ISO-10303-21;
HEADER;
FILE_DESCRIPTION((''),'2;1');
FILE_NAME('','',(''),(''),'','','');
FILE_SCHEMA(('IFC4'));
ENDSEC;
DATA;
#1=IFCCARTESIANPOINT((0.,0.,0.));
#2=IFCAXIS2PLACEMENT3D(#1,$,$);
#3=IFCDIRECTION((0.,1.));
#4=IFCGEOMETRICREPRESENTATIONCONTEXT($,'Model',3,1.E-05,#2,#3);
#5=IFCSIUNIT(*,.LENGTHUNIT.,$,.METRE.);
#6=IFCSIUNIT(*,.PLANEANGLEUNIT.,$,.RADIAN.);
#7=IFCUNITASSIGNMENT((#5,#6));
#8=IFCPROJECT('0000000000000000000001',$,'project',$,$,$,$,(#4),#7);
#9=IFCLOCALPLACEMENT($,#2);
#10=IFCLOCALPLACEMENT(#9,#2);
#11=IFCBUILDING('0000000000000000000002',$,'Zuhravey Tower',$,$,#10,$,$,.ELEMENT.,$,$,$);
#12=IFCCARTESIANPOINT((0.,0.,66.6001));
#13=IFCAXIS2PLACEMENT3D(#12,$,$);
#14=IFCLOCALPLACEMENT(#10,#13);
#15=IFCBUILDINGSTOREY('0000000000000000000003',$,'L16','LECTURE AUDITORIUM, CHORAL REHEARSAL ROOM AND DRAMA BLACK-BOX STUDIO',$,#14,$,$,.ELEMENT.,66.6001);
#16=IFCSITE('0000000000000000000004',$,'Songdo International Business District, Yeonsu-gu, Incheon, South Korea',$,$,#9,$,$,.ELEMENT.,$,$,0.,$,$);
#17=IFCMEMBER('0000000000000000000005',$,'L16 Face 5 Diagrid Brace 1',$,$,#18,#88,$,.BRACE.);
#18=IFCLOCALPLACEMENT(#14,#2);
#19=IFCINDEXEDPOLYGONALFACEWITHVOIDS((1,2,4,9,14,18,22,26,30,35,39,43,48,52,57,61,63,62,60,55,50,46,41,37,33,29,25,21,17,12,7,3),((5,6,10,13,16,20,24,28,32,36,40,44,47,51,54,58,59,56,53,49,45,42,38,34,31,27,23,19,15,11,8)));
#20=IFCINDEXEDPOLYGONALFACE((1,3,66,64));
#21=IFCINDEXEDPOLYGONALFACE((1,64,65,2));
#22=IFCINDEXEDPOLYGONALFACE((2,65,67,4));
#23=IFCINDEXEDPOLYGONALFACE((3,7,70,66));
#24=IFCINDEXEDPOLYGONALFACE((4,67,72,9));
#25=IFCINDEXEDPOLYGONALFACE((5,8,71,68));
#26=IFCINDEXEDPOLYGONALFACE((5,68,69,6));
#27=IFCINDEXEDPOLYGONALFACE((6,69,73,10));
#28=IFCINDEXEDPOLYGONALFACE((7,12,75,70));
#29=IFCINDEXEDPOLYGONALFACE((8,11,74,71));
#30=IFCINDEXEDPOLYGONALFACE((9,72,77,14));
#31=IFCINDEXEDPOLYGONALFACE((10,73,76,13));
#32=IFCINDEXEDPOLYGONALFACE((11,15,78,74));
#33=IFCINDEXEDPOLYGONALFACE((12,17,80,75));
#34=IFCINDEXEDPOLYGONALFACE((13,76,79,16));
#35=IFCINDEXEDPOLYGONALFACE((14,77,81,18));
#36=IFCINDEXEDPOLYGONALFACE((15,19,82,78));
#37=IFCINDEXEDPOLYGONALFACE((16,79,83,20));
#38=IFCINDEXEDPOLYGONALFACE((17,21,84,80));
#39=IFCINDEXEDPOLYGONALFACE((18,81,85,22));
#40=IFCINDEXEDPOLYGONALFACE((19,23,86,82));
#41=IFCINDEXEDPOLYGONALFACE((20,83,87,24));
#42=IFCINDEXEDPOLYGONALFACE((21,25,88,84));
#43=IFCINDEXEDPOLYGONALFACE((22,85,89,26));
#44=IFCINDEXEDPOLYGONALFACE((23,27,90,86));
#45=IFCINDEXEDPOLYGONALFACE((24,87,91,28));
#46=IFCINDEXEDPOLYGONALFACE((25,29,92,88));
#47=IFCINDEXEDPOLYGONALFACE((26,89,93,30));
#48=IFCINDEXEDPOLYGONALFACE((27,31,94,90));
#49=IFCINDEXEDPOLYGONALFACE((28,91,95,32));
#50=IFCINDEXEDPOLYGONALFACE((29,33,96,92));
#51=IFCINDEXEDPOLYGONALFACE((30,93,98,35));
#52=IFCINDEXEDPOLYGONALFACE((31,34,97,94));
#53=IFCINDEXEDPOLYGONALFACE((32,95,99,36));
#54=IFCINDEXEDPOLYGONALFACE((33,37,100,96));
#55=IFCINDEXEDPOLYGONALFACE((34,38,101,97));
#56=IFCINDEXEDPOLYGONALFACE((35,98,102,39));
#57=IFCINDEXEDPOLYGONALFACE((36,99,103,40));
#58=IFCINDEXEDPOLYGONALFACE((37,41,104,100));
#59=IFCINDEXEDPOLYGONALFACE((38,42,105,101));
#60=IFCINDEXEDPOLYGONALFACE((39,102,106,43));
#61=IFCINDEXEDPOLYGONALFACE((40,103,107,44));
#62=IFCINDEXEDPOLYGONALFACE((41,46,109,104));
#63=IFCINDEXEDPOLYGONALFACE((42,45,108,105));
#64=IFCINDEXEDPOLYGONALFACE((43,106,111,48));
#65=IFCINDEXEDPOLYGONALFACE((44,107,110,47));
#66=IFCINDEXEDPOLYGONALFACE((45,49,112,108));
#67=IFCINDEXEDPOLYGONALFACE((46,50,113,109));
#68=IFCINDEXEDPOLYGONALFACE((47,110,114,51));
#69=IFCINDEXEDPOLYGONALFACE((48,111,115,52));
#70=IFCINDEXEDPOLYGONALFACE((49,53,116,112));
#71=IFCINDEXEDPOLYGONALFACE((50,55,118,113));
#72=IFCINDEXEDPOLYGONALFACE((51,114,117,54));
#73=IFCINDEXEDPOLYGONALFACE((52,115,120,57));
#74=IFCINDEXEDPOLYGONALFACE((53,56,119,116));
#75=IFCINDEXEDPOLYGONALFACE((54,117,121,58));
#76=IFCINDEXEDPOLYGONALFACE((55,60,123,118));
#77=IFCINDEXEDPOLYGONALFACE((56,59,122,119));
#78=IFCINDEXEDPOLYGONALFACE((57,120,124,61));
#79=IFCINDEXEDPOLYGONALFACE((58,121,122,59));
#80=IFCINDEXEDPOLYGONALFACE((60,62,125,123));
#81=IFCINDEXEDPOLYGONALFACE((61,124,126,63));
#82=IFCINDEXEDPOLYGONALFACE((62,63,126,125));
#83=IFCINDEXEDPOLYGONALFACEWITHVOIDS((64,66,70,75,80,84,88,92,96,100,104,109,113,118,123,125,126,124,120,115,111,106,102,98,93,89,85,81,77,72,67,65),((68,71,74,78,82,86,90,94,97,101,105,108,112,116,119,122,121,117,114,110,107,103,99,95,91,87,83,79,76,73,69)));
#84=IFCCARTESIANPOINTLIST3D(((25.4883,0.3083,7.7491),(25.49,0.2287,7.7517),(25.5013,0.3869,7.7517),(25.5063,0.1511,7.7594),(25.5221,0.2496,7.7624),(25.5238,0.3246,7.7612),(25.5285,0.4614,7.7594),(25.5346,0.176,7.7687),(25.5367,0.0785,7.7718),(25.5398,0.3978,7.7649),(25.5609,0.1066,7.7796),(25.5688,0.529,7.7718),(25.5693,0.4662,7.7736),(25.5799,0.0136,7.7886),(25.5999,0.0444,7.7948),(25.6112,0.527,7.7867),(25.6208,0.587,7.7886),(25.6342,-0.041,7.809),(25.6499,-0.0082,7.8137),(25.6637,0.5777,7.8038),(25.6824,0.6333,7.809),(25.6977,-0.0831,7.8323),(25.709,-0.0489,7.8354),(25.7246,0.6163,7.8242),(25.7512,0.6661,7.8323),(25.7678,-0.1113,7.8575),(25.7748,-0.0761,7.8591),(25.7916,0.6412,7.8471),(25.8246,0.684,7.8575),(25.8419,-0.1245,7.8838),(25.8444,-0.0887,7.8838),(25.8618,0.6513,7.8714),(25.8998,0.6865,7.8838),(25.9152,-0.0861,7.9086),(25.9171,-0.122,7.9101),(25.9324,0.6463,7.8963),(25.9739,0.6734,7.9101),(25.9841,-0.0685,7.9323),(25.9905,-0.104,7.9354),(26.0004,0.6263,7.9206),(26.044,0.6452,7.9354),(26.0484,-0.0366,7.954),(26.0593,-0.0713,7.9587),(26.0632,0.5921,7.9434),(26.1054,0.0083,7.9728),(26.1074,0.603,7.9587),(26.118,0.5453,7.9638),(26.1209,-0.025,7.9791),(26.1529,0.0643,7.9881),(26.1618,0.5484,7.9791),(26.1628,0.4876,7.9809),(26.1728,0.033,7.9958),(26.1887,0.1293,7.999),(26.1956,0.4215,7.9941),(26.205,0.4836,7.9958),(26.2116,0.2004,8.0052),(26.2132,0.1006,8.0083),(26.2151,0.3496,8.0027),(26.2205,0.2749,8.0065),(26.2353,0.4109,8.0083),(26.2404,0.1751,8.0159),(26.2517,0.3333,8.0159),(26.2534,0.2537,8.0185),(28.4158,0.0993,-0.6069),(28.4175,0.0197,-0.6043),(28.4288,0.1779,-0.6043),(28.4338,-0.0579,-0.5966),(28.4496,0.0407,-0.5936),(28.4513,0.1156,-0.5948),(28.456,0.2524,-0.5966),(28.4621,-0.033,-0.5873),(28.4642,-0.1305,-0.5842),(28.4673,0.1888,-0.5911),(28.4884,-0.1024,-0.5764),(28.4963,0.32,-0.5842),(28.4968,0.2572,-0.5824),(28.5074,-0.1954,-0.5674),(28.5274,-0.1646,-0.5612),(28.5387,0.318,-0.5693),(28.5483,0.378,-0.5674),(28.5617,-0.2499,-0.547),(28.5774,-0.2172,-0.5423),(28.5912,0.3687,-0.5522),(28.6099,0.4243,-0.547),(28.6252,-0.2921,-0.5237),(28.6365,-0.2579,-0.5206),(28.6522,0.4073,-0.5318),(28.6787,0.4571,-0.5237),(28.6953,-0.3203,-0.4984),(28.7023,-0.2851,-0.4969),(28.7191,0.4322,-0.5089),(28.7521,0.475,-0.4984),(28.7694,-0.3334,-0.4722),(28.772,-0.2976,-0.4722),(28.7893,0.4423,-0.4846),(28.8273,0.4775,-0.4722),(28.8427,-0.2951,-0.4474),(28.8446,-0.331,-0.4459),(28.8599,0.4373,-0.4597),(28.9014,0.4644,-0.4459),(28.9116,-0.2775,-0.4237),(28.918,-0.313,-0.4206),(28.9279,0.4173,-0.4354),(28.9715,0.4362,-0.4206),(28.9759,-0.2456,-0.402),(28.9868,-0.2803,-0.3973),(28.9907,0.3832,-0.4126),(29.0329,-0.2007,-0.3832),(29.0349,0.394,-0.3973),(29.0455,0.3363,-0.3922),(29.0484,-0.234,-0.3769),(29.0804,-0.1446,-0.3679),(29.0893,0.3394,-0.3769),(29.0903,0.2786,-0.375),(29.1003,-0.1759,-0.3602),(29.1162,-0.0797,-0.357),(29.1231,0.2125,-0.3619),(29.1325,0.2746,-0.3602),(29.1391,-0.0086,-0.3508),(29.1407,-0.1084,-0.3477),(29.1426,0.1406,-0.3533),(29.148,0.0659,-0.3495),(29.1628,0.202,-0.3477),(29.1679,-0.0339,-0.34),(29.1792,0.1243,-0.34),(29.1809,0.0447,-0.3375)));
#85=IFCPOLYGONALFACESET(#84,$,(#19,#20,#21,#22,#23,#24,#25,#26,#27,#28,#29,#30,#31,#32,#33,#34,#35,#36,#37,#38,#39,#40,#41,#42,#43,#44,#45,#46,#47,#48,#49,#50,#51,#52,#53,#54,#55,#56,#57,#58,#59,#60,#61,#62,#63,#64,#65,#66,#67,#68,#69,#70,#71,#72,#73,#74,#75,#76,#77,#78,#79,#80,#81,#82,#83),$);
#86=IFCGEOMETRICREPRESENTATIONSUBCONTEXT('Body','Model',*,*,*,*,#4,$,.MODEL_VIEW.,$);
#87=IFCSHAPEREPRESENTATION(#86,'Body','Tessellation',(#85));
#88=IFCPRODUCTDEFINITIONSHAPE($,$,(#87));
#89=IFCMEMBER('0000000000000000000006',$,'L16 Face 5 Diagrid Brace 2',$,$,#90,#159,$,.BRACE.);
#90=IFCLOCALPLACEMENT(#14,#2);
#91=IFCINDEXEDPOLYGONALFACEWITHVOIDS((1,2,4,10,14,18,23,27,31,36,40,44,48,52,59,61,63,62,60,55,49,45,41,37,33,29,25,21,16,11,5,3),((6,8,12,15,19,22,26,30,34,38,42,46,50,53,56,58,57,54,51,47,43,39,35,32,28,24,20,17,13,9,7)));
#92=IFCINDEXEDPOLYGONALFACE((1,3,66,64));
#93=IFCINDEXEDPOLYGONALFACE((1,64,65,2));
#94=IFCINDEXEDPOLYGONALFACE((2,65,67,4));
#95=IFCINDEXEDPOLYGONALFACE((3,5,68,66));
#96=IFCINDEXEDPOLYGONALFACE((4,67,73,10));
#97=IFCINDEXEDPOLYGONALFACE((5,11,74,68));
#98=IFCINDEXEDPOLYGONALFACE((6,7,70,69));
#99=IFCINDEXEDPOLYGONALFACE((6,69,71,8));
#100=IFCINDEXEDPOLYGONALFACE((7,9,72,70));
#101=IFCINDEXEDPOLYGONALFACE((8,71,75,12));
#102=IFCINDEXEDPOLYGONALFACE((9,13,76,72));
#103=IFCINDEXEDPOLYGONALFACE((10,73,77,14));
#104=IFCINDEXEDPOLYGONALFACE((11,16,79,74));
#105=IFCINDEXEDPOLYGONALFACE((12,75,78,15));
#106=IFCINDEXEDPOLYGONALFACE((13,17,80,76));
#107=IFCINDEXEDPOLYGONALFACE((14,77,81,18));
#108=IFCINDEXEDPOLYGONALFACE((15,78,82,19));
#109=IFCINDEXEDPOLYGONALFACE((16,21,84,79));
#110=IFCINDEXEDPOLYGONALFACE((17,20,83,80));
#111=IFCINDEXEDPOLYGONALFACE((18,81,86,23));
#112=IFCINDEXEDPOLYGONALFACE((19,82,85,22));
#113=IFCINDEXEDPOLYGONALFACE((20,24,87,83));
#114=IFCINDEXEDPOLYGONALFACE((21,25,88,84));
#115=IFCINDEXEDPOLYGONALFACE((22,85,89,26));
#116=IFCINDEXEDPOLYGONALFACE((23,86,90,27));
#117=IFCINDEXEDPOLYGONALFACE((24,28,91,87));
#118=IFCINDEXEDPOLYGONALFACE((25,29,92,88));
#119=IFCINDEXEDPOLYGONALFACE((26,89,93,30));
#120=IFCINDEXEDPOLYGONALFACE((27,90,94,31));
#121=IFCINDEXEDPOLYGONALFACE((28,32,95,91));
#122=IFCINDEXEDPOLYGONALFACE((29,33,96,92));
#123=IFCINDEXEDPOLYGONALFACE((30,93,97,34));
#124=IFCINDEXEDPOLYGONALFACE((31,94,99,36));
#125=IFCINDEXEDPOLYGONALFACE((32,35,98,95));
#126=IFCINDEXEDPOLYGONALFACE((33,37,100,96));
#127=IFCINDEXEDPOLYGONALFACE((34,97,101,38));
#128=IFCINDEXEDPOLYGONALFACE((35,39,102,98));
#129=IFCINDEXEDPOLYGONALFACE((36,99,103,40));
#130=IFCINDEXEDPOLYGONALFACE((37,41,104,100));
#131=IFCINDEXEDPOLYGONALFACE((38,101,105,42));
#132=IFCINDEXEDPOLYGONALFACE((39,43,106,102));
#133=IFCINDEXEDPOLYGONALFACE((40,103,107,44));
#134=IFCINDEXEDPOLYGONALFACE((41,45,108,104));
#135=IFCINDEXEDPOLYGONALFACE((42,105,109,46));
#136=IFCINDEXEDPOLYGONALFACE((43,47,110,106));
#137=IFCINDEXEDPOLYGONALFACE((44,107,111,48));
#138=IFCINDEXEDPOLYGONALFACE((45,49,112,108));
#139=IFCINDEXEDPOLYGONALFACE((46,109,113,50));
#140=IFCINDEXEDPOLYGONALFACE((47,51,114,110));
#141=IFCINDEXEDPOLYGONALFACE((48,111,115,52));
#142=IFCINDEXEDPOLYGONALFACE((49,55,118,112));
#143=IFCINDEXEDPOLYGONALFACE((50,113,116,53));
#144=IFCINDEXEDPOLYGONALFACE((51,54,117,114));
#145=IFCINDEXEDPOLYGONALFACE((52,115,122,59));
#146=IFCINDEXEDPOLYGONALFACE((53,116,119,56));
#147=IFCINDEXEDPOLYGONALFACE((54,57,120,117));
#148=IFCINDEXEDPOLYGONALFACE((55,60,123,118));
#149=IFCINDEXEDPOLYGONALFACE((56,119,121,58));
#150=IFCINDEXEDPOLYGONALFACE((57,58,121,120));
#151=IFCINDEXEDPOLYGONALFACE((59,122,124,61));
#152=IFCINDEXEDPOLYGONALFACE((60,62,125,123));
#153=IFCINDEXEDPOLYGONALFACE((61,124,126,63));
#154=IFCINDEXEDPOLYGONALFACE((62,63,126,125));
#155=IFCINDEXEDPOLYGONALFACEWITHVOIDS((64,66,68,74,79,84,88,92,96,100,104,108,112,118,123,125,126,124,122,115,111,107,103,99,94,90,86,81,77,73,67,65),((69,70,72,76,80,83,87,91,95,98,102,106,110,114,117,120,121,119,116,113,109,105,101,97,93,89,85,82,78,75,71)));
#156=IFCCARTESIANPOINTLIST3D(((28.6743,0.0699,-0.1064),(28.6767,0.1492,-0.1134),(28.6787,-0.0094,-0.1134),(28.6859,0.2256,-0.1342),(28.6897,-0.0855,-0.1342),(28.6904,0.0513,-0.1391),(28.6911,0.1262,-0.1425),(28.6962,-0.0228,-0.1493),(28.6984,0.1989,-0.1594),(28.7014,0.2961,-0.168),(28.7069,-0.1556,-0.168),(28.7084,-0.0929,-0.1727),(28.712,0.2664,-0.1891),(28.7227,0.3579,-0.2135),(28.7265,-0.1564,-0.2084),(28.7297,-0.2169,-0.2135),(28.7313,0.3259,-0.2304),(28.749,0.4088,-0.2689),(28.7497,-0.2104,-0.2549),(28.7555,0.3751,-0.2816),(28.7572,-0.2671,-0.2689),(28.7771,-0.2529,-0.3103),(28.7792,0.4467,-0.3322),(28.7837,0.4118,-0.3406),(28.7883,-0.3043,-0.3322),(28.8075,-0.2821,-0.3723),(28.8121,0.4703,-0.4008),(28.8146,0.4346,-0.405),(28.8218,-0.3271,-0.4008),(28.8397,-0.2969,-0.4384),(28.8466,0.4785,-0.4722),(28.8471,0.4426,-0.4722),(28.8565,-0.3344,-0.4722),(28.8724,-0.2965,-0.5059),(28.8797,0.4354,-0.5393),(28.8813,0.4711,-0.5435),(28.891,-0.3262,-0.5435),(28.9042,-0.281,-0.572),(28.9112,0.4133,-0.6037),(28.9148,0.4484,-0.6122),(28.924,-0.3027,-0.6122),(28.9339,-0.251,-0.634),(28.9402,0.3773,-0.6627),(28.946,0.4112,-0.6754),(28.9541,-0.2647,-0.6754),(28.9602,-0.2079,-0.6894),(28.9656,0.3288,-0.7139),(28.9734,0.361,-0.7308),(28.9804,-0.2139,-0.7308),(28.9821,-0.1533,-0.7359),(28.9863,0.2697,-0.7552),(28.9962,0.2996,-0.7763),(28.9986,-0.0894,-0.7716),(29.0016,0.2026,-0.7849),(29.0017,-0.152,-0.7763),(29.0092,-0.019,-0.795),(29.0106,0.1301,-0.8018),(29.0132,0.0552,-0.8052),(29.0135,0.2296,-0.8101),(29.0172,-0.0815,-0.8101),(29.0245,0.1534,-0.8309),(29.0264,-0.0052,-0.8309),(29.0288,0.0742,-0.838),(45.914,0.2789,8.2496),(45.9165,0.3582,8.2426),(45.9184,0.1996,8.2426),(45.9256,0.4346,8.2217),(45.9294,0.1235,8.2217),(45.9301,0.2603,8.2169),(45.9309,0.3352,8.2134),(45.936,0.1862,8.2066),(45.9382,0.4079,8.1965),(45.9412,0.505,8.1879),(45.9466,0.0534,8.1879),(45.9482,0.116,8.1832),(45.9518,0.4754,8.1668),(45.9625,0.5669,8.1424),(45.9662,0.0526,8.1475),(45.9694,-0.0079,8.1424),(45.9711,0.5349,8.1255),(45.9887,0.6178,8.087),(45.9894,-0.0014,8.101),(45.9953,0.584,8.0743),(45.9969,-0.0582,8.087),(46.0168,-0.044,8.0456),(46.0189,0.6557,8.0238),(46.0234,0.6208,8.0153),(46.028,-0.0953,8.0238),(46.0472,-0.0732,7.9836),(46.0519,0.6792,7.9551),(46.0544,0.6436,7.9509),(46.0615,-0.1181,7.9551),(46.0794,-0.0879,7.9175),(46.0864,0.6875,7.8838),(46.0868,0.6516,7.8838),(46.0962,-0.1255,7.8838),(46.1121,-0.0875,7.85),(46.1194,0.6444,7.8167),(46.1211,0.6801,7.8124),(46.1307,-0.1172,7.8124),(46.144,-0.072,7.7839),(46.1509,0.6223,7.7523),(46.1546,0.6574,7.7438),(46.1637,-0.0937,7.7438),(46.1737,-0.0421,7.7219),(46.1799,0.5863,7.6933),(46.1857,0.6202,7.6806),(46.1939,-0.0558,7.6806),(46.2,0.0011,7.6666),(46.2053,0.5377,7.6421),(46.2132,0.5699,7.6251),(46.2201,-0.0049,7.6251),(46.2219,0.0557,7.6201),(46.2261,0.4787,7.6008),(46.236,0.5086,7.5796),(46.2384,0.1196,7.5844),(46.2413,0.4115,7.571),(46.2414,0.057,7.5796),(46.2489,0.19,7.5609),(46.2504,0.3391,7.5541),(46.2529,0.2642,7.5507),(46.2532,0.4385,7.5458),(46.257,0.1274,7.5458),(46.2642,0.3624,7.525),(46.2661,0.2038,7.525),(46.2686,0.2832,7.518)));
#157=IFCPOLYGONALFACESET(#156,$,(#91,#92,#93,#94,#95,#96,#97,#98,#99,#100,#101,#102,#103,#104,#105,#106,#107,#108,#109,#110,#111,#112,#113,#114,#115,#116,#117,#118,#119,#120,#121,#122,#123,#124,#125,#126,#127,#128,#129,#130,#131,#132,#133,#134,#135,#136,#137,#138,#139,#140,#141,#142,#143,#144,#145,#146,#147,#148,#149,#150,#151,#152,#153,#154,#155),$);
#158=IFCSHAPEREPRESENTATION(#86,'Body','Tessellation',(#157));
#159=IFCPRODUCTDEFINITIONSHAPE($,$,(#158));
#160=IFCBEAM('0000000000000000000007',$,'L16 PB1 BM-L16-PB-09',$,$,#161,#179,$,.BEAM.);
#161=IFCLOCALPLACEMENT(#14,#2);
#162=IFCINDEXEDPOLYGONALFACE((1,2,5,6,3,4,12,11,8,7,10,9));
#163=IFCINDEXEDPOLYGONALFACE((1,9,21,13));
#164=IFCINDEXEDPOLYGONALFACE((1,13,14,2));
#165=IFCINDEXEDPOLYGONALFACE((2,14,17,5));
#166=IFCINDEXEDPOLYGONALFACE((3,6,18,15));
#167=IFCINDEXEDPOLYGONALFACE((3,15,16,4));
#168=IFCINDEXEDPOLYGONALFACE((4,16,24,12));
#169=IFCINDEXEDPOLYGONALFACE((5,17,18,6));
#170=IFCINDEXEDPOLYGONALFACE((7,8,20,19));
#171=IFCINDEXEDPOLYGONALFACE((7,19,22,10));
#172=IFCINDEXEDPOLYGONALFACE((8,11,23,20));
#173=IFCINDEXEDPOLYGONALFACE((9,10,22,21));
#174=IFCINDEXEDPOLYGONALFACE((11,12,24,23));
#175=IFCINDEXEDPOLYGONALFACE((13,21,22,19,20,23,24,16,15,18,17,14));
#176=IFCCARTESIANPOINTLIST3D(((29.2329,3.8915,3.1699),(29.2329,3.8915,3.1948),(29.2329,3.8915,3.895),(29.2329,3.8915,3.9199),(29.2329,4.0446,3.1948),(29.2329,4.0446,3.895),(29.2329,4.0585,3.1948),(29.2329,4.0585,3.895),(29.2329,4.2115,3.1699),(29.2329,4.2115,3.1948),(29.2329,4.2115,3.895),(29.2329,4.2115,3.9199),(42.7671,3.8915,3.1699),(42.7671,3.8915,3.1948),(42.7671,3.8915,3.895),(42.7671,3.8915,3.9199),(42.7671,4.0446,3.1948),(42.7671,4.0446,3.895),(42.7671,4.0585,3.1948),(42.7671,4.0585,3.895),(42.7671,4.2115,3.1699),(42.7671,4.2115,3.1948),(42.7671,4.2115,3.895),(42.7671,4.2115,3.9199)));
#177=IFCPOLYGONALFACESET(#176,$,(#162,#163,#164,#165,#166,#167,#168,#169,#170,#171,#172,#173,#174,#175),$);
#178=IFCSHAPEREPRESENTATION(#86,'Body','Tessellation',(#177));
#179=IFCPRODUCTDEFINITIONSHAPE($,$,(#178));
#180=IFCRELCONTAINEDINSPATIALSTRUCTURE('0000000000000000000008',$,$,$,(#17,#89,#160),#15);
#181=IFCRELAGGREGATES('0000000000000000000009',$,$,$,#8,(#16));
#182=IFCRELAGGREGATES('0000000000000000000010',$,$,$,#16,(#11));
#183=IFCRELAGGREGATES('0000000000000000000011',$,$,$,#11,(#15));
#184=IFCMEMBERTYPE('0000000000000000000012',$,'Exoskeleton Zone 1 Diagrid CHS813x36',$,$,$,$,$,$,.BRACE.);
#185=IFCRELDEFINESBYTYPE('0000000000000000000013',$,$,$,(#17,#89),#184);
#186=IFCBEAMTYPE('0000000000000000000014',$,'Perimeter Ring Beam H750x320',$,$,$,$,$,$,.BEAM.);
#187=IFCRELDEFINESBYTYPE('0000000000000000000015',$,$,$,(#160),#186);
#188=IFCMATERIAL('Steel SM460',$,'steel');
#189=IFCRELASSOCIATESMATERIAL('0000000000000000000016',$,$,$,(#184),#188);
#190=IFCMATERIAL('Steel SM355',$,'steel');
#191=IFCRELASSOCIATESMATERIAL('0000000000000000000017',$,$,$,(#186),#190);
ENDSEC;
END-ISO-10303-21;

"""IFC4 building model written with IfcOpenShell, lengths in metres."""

from ifc_helpers import new_model, si_unit, direction, frame, origin, origin_2d, place, context, subcontext, project, spatial, hollow_circle, i_section, extrude, material, material_profile, profile_set, type_object, element, save


model = new_model("IFC4")

# Units and contexts
model_context = context("Model", 3, precision=1e-05, world=origin(), true_north=direction((0.0, 1.0)))
body_context = subcontext(model_context, "Body", "Model", "MODEL_VIEW")
ifc_project = project(units=[si_unit("LENGTHUNIT", "METRE"), si_unit("PLANEANGLEUNIT", "RADIAN")], contexts=[model_context])

# Site, building, storey
site_placement = place(None, origin())
site = spatial("IfcSite", under=ifc_project, at=site_placement, Name="Songdo International Business District, Yeonsu-gu, Incheon, South Korea", CompositionType="ELEMENT", RefElevation=0.0)
building_placement = place(site_placement, origin())
building = spatial("IfcBuilding", under=site, at=building_placement, Name="Zuhravey Tower", CompositionType="ELEMENT")
storey_placement = place(building_placement, frame((0.0, 0.0, 66.6001)))
storey = spatial("IfcBuildingStorey", under=building, at=storey_placement, Name="L16", Description="LECTURE AUDITORIUM, CHORAL REHEARSAL ROOM AND DRAMA BLACK-BOX STUDIO", CompositionType="ELEMENT", Elevation=66.6001)

# Members
ifc_material_1 = material(Name="Steel SM355", Category="steel")
ifc_material_2 = material(Name="Steel SM460", Category="steel")
ifc_material_profile_1 = material_profile(ifc_material_2, hollow_circle(Radius=0.4065, WallThickness=0.0359, at=origin_2d()), Name="CHS-812.8x36")
ifc_profile_set_1 = profile_set([ifc_material_profile_1], Name="Steel SM460")
member_type_1 = type_object("IfcMemberType", Name="Exoskeleton Zone 1 Diagrid CHS813x36", PredefinedType="BRACE", material=ifc_profile_set_1)
member_1_placement = place(storey_placement, frame((28.7983, 0.072, -0.4722), z_axis=(-0.330551, 0.023597, 0.943493), x_axis=(-0.071206, -0.997462, 0.0)))
element("IfcMember", 1, at=member_1_placement, inside=storey, type_object=member_type_1, Name="L16 Face 5 Diagrid Brace 1", PredefinedType="BRACE", context=body_context, shape_type="SweptSolid", body=[
    extrude(hollow_circle(Radius=0.4065, WallThickness=0.0359, at=origin_2d()), origin(), (0.0, 0.0, 1.0), 8.8564),
])
member_2_placement = place(storey_placement, frame((28.8516, 0.072, -0.4722), z_axis=(0.899816, 0.010908, 0.436133), x_axis=(-0.012121, 0.999927, 0.0)))
element("IfcMember", 2, at=member_2_placement, inside=storey, type_object=member_type_1, Name="L16 Face 5 Diagrid Brace 2", PredefinedType="BRACE", context=body_context, shape_type="SweptSolid", body=[
    extrude(hollow_circle(Radius=0.4065, WallThickness=0.0359, at=origin_2d()), origin(), (0.0, 0.0, 1.0), 19.1592),
])

# Beam
ifc_material_profile_2 = material_profile(ifc_material_1, i_section(OverallWidth=0.3201, OverallDepth=0.75, WebThickness=0.0139, FlangeThickness=0.0249, at=origin_2d()), Name="H-750x320x14x25")
ifc_profile_set_2 = profile_set([ifc_material_profile_2], Name="Steel SM355")
beam_type_1 = type_object("IfcBeamType", Name="Perimeter Ring Beam H750x320", PredefinedType="BEAM", material=ifc_profile_set_2)
beam_1_placement = place(storey_placement, frame((29.2329, 4.0515, 3.5449), z_axis=(1.0, 0.0, 0.0), x_axis=(0.0, 1.0, 0.0)))
element("IfcBeam", 3, at=beam_1_placement, inside=storey, type_object=beam_type_1, Name="L16 PB1 BM-L16-PB-09", PredefinedType="BEAM", context=body_context, shape_type="SweptSolid", body=[
    extrude(i_section(OverallWidth=0.3201, OverallDepth=0.75, WebThickness=0.0139, FlangeThickness=0.0249, at=origin_2d()), origin(), (0.0, 0.0, 1.0), 13.5342),
])

save(model, "model.ifc")
